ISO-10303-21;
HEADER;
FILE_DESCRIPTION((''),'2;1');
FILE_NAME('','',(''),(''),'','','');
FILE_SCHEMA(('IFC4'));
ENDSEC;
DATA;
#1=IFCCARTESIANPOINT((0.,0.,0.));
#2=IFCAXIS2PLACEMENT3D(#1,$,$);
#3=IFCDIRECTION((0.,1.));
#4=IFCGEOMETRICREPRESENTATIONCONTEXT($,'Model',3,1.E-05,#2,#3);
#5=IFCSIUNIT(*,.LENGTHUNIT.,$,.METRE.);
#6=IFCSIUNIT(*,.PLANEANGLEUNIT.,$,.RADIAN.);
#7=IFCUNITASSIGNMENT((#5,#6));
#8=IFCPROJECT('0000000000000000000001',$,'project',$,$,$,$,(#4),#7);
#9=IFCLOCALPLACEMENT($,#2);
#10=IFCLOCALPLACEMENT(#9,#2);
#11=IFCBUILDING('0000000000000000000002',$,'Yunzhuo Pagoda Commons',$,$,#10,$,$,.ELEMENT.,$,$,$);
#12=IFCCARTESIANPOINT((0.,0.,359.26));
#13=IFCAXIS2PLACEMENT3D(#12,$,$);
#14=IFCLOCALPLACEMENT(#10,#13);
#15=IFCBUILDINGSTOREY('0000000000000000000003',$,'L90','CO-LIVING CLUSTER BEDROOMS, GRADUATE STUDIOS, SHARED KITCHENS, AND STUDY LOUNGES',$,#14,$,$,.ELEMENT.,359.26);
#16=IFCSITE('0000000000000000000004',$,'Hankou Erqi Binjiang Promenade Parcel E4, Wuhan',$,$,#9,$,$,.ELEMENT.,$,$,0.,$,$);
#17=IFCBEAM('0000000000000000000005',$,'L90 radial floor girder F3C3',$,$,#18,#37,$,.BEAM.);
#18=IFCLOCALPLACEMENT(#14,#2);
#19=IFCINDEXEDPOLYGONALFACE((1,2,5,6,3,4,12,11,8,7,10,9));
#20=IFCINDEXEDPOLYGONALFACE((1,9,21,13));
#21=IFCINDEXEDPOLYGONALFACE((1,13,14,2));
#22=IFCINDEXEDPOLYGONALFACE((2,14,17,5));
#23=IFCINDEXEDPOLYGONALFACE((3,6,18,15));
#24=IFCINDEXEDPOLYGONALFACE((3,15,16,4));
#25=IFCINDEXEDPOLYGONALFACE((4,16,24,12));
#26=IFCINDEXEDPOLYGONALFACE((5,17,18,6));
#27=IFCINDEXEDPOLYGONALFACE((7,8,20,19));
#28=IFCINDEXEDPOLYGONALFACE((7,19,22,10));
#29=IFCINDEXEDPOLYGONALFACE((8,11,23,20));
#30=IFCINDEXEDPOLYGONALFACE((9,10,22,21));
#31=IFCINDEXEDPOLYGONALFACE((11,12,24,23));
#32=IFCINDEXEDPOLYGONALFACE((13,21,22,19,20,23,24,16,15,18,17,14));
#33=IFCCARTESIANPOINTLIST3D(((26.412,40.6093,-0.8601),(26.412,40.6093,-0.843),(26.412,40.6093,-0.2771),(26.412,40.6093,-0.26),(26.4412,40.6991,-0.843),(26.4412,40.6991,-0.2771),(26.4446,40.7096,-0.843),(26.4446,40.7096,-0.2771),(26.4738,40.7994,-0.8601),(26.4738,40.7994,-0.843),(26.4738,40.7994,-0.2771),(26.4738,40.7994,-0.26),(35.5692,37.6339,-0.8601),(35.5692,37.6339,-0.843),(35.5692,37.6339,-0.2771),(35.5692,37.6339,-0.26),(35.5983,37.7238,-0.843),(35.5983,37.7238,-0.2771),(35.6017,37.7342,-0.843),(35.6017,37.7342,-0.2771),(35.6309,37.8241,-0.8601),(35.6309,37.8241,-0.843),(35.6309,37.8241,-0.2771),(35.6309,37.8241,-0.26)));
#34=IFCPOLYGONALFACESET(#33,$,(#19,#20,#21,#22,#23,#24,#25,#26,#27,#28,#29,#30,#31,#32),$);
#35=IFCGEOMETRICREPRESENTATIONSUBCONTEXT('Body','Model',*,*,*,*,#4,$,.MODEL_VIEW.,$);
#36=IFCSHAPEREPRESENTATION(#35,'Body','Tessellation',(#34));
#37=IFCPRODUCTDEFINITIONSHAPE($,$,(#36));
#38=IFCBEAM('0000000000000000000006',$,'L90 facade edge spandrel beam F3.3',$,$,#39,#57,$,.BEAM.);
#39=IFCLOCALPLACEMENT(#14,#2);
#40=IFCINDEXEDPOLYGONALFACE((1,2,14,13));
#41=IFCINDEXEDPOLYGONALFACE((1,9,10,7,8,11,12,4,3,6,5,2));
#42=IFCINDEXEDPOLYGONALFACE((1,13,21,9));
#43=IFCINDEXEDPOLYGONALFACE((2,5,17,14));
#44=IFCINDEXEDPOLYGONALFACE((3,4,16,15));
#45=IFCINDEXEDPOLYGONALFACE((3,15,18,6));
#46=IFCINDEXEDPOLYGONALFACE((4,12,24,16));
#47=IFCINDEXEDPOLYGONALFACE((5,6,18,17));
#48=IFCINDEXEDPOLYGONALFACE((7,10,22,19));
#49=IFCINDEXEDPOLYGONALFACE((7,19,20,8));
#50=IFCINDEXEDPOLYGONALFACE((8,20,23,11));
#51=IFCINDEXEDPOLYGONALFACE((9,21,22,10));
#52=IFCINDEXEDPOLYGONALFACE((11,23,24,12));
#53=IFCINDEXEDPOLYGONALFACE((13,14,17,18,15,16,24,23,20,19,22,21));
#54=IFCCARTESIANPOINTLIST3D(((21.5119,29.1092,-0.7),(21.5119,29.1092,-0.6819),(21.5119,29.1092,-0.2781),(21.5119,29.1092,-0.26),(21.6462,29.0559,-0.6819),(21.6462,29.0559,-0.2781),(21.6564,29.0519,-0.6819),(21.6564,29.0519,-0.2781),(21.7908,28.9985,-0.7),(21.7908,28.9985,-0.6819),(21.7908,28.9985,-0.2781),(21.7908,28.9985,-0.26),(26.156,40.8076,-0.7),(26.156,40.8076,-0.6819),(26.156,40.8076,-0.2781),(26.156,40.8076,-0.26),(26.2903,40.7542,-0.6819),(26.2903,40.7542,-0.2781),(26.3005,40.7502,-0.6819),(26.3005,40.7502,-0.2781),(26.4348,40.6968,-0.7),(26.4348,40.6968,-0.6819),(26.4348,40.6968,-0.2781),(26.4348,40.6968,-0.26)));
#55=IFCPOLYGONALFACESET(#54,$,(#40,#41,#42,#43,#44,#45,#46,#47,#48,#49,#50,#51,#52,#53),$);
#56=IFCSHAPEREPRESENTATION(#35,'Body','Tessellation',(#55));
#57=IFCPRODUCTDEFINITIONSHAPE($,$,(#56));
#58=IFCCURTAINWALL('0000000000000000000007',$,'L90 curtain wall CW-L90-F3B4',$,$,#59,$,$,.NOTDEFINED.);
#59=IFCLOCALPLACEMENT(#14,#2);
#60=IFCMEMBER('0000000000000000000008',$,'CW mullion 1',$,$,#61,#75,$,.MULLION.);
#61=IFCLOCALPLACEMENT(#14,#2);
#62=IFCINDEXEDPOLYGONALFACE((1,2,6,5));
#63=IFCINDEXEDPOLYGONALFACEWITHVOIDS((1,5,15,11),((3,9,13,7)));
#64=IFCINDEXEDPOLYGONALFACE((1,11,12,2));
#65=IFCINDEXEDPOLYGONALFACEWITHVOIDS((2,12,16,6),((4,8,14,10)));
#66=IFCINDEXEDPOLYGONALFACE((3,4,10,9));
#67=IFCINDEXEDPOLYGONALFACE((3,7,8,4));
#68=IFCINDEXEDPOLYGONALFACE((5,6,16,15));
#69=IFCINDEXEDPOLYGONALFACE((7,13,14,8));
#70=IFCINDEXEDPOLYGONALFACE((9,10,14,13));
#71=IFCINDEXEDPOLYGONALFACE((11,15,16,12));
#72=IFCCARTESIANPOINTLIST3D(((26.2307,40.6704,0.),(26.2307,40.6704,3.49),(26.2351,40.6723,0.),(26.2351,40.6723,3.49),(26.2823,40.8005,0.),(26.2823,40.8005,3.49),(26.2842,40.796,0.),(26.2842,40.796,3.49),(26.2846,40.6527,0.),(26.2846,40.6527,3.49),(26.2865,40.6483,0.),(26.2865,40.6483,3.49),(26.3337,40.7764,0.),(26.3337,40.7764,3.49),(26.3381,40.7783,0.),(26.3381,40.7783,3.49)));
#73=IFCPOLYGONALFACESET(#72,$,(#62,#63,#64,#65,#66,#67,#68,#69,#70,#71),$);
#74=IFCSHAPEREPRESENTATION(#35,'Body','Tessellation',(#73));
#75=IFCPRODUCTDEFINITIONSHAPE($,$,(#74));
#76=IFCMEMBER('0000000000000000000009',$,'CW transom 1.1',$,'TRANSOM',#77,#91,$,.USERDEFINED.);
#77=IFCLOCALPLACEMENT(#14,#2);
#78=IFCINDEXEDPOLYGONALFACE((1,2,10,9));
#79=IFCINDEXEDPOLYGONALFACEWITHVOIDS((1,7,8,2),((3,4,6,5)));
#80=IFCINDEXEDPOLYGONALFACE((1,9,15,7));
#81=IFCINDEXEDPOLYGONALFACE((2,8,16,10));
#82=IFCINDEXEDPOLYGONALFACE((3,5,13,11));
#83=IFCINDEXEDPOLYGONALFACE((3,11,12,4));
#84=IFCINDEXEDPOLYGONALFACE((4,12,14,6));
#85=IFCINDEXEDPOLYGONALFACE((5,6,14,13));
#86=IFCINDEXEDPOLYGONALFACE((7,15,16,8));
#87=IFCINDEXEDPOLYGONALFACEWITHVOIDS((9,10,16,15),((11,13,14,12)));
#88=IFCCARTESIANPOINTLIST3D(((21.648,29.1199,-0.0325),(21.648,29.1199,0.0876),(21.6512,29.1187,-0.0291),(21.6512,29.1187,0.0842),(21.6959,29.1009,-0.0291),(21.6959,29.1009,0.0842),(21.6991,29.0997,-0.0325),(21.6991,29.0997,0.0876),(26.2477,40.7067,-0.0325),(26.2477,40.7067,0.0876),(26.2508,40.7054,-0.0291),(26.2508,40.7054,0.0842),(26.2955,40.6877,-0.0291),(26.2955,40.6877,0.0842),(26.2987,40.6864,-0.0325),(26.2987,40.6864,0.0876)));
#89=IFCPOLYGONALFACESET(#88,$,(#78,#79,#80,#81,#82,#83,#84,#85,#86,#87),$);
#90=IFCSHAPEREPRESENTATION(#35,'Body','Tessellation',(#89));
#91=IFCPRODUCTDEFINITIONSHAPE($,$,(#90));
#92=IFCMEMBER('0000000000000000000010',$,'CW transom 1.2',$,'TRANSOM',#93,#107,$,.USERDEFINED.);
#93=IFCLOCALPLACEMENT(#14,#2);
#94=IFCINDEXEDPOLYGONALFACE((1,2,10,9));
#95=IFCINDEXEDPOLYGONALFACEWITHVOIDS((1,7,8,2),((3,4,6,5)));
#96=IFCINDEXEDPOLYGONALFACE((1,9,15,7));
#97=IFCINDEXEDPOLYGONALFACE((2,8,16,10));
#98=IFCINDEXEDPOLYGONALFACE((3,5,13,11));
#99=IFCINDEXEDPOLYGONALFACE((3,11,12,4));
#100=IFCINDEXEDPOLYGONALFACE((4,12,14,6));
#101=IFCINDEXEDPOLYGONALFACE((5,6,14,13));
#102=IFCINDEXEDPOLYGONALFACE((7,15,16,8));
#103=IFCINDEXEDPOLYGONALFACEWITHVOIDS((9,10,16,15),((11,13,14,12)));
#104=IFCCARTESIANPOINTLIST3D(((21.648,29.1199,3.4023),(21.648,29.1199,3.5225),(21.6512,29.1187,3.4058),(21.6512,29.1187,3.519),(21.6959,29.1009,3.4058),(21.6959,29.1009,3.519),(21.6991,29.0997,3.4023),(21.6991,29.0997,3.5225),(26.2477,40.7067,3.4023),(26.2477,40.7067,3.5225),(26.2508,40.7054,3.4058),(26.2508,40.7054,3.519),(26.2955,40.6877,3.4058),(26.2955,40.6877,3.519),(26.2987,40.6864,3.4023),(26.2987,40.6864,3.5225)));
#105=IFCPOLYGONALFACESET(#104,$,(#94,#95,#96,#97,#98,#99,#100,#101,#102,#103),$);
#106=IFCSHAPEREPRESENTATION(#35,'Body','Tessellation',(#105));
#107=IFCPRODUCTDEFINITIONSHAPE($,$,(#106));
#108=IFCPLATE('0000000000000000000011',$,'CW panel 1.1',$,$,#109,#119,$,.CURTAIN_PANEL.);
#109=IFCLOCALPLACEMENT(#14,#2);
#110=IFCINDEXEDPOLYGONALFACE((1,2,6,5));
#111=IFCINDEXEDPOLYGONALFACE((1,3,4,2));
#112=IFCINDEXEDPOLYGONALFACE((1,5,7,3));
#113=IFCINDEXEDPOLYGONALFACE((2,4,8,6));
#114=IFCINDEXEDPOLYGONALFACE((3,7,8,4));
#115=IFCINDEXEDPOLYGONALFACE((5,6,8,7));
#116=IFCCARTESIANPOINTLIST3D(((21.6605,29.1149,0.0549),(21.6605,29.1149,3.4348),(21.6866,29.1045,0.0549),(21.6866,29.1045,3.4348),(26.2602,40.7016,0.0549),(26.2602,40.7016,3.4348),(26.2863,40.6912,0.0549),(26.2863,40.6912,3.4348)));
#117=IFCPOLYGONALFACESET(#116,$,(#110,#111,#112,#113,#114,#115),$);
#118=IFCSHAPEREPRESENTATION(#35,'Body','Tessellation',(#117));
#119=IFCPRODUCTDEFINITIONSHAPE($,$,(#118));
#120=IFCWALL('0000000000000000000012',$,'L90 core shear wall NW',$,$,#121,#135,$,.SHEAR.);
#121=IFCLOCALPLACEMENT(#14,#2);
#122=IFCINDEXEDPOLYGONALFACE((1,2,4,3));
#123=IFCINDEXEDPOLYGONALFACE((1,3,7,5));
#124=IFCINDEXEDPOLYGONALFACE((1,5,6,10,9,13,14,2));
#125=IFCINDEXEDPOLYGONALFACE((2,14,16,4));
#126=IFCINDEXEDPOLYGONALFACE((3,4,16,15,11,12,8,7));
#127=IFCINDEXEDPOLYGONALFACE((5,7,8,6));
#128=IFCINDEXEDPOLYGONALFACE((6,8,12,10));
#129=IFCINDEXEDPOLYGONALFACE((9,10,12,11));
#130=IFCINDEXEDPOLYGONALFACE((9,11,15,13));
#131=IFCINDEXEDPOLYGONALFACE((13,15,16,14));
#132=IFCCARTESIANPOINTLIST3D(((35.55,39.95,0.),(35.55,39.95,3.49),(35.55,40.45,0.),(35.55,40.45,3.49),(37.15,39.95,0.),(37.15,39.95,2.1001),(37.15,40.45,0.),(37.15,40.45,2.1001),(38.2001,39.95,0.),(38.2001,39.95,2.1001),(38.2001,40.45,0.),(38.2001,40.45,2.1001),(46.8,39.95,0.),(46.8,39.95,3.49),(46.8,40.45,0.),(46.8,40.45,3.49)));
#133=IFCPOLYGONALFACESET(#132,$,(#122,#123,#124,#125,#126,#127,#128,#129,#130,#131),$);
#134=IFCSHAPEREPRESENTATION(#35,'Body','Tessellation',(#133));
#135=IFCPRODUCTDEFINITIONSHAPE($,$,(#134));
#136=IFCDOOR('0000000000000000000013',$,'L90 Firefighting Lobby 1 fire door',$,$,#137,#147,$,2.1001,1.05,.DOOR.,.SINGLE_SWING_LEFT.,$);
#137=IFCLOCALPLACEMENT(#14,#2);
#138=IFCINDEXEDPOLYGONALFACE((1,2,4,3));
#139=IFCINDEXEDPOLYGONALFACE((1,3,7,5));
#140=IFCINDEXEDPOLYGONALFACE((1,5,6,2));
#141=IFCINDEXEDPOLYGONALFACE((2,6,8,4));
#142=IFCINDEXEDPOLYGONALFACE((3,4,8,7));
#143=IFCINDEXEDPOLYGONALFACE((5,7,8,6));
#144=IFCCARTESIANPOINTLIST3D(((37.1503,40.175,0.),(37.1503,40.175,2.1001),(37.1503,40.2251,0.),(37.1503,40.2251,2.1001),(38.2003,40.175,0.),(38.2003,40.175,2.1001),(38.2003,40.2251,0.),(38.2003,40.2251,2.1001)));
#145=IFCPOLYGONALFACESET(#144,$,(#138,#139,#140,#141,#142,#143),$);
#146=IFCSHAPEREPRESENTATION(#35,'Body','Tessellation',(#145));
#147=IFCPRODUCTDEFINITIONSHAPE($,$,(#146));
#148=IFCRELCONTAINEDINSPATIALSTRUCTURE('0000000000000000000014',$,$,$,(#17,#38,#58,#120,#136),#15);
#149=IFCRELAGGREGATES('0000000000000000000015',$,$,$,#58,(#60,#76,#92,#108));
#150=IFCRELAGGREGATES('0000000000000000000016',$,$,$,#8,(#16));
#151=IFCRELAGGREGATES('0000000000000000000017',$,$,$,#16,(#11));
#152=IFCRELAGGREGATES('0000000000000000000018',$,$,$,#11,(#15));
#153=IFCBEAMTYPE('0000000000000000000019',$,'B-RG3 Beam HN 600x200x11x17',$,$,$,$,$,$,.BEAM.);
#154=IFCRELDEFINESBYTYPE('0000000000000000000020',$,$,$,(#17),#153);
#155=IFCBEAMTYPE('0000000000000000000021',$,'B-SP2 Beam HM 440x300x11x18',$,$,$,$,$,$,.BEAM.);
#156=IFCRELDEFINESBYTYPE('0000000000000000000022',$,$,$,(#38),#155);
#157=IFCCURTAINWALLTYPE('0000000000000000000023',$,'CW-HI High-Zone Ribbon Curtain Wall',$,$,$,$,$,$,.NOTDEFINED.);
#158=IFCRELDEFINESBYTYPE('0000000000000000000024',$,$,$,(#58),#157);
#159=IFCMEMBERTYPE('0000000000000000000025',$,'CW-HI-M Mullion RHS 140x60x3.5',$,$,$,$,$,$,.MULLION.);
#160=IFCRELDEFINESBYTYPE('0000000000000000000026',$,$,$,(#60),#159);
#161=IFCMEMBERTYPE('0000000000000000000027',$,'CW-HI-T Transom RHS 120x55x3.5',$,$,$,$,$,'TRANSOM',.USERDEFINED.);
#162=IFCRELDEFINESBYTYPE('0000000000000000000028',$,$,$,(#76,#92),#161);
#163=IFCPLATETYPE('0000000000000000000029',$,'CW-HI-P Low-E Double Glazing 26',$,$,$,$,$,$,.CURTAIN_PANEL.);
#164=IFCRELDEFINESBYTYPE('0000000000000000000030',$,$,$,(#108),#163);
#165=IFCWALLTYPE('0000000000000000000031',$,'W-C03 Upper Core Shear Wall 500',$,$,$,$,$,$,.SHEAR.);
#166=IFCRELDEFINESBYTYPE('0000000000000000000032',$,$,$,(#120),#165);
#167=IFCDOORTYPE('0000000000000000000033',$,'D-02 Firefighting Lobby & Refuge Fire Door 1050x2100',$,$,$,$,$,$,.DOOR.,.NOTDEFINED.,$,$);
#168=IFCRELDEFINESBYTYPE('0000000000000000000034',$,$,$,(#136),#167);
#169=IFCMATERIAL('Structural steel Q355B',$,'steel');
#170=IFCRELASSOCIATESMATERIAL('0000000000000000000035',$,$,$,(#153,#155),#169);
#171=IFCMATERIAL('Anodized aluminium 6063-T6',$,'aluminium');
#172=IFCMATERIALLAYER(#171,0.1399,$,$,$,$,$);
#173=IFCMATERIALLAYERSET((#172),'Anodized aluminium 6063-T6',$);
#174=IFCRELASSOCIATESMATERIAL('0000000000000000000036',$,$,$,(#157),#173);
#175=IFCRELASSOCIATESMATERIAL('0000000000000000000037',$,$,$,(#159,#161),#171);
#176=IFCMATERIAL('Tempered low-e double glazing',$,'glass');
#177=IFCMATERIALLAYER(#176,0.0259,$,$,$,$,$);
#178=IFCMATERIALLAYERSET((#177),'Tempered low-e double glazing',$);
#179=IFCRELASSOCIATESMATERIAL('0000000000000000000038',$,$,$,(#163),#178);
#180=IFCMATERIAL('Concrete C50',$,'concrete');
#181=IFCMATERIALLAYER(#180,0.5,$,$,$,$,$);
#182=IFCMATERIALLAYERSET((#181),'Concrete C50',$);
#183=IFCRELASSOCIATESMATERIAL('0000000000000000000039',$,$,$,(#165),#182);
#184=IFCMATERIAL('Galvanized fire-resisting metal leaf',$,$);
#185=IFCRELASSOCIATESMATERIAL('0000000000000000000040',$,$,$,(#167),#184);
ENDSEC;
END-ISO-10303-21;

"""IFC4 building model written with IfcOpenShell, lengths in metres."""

from ifc_helpers import new_model, si_unit, direction, frame, frame_2d, origin, origin_2d, place, context, subcontext, project, spatial, rectangle, hollow_rectangle, i_section, extrude, source, transform, mapped, material, layer, layer_set, material_profile, profile_set, type_object, element, fill, aggregate, save


model = new_model("IFC4")

# Units and contexts
model_context = context("Model", 3, precision=1e-05, world=origin(), true_north=direction((0.0, 1.0)))
body_context = subcontext(model_context, "Body", "Model", "MODEL_VIEW")
ifc_project = project(units=[si_unit("LENGTHUNIT", "METRE"), si_unit("PLANEANGLEUNIT", "RADIAN")], contexts=[model_context])

# Site, building, storey
site_placement = place(None, origin())
site = spatial("IfcSite", under=ifc_project, at=site_placement, Name="Hankou Erqi Binjiang Promenade Parcel E4, Wuhan", CompositionType="ELEMENT", RefElevation=0.0)
building_placement = place(site_placement, origin())
building = spatial("IfcBuilding", under=site, at=building_placement, Name="Yunzhuo Pagoda Commons", CompositionType="ELEMENT")
storey_placement = place(building_placement, frame((0.0, 0.0, 359.26)))
storey = spatial("IfcBuildingStorey", under=building, at=storey_placement, Name="L90", Description="CO-LIVING CLUSTER BEDROOMS, GRADUATE STUDIOS, SHARED KITCHENS, AND STUDY LOUNGES", CompositionType="ELEMENT", Elevation=359.26)

# Shared definitions
ifc_material_1 = material(Name="Structural steel Q355B", Category="steel")

# Beams
ifc_material_profile_1 = material_profile(ifc_material_1, i_section(OverallWidth=0.2, OverallDepth=0.6001, WebThickness=0.011, FlangeThickness=0.0171, at=origin_2d()), Name="Structural steel Q355B")
ifc_profile_set_1 = profile_set([ifc_material_profile_1], Name="Structural steel Q355B")
beam_type_1 = type_object("IfcBeamType", Name="B-RG3 Beam HN 600x200x11x17", PredefinedType="BEAM", material=ifc_profile_set_1)
shared_shape_1 = source(origin(), body_context, "Body", "SweptSolid", [
    extrude(i_section(OverallWidth=0.2, OverallDepth=0.6001, WebThickness=0.011, FlangeThickness=0.0171, at=origin_2d()), origin(), (0.0, 0.0, 1.0), 9.6284),
])
beam_1_placement = place(storey_placement, frame((26.4429, 40.7043, -0.5601), z_axis=(0.951057, -0.309015, 0.0), x_axis=(0.309015, 0.951057, 0.0)))
element("IfcBeam", 1, at=beam_1_placement, inside=storey, type_object=beam_type_1, Name="L90 radial floor girder F3C3", PredefinedType="BEAM", context=body_context, shape_type="MappedRepresentation", body=[
    mapped(shared_shape_1, transform((0.0, 0.0, 0.0), scale=1.0)),
])
ifc_material_profile_2 = material_profile(ifc_material_1, i_section(OverallWidth=0.3, OverallDepth=0.4399, WebThickness=0.011, FlangeThickness=0.0181, at=origin_2d()), Name="Structural steel Q355B")
ifc_profile_set_2 = profile_set([ifc_material_profile_2], Name="Structural steel Q355B")
beam_type_2 = type_object("IfcBeamType", Name="B-SP2 Beam HM 440x300x11x18", PredefinedType="BEAM", material=ifc_profile_set_2)
shared_shape_2 = source(origin(), body_context, "Body", "SweptSolid", [
    extrude(i_section(OverallWidth=0.3, OverallDepth=0.4399, WebThickness=0.011, FlangeThickness=0.0181, at=origin_2d()), origin(), (0.0, 0.0, 1.0), 12.5864),
])
beam_2_placement = place(storey_placement, frame((26.2954, 40.7522, -0.48), z_axis=(-0.368975, -0.929439, 0.0), x_axis=(0.929439, -0.368975, 0.0)))
element("IfcBeam", 2, at=beam_2_placement, inside=storey, type_object=beam_type_2, Name="L90 facade edge spandrel beam F3.3", PredefinedType="BEAM", context=body_context, shape_type="MappedRepresentation", body=[
    mapped(shared_shape_2, transform((0.0, 0.0, 0.0), scale=1.0)),
])

# Curtain wall, members, plate
ifc_material_2 = material(Name="Anodized aluminium 6063-T6", Category="aluminium")
ifc_layer_1 = layer(ifc_material_2, 0.1399)
ifc_layer_set_1 = layer_set([ifc_layer_1], Name="Anodized aluminium 6063-T6")
curtain_wall_type = type_object("IfcCurtainWallType", Name="CW-HI High-Zone Ribbon Curtain Wall", PredefinedType="NOTDEFINED", material=ifc_layer_set_1)
curtain_wall_placement = place(storey_placement, origin())
curtain_wall = element("IfcCurtainWall", 3, at=curtain_wall_placement, inside=storey, type_object=curtain_wall_type, Name="L90 curtain wall CW-L90-F3B4", PredefinedType="NOTDEFINED")
ifc_material_profile_3 = material_profile(ifc_material_2, hollow_rectangle(XDim=0.0601, YDim=0.1399, WallThickness=0.0034, at=origin_2d()), Name="Anodized aluminium 6063-T6")
ifc_profile_set_3 = profile_set([ifc_material_profile_3], Name="Anodized aluminium 6063-T6")
member_type_1 = type_object("IfcMemberType", Name="CW-HI-M Mullion RHS 140x60x3.5", PredefinedType="MULLION", material=ifc_profile_set_3)
shared_shape_3 = source(origin(), body_context, "Body", "SweptSolid", [
    extrude(hollow_rectangle(XDim=0.0601, YDim=0.1399, WallThickness=0.0034, at=origin_2d()), origin(), (0.0, 0.0, 1.0), 3.49),
])
member_1_placement = place(storey_placement, frame((26.2844, 40.7244, 0.0), z_axis=(0.0, 0.0, 1.0), x_axis=(0.929441, -0.36897, 0.0)))
member_1 = element("IfcMember", 4, at=member_1_placement, type_object=member_type_1, Name="CW mullion 1", PredefinedType="MULLION", context=body_context, shape_type="MappedRepresentation", body=[
    mapped(shared_shape_3, transform((0.0, 0.0, 0.0), scale=1.0)),
])
ifc_material_profile_4 = material_profile(ifc_material_2, hollow_rectangle(XDim=0.0549, YDim=0.1201, WallThickness=0.0034, at=origin_2d()), Name="Anodized aluminium 6063-T6")
ifc_profile_set_4 = profile_set([ifc_material_profile_4], Name="Anodized aluminium 6063-T6")
member_type_2 = type_object("IfcMemberType", Name="CW-HI-T Transom RHS 120x55x3.5", ElementType="TRANSOM", PredefinedType="USERDEFINED", material=ifc_profile_set_4)
shared_shape_4 = source(origin(), body_context, "Body", "SweptSolid", [
    extrude(hollow_rectangle(XDim=0.0549, YDim=0.1201, WallThickness=0.0034, at=origin_2d()), origin(), (0.0, 0.0, 1.0), 12.4663),
])
member_2_placement = place(storey_placement, frame((26.2732, 40.6965, 0.0276), z_axis=(-0.368965, -0.929443, 0.0), x_axis=(0.929443, -0.368965, 0.0)))
member_2 = element("IfcMember", 5, at=member_2_placement, type_object=member_type_2, Name="CW transom 1.1", ObjectType="TRANSOM", PredefinedType="USERDEFINED", context=body_context, shape_type="MappedRepresentation", body=[
    mapped(shared_shape_4, transform((0.0, 0.0, 0.0), scale=1.0)),
])
member_3_placement = place(storey_placement, frame((26.2732, 40.6965, 3.4624), z_axis=(-0.368965, -0.929443, 0.0), x_axis=(0.929443, -0.368965, 0.0)))
member_3 = element("IfcMember", 6, at=member_3_placement, type_object=member_type_2, Name="CW transom 1.2", ObjectType="TRANSOM", PredefinedType="USERDEFINED", context=body_context, shape_type="MappedRepresentation", body=[
    mapped(shared_shape_4, transform((0.0, 0.0, 0.0), scale=1.0)),
])
ifc_material_3 = material(Name="Tempered low-e double glazing", Category="glass")
ifc_layer_2 = layer(ifc_material_3, 0.0259)
ifc_layer_set_2 = layer_set([ifc_layer_2], Name="Tempered low-e double glazing")
plate_type = type_object("IfcPlateType", Name="CW-HI-P Low-E Double Glazing 26", PredefinedType="CURTAIN_PANEL", material=ifc_layer_set_2)
shared_shape_5 = source(origin(), body_context, "Body", "SweptSolid", [
    extrude(rectangle(XDim=12.4663, YDim=0.0281, at=origin_2d()), origin(), (0.0, 0.0, 1.0), 3.3799),
])
plate_placement = place(storey_placement, frame((23.9734, 34.9031, 0.0549), z_axis=(0.0, 0.0, 1.0), x_axis=(-0.36897, -0.929441, 0.0)))
plate = element("IfcPlate", 7, at=plate_placement, type_object=plate_type, Name="CW panel 1.1", PredefinedType="CURTAIN_PANEL", context=body_context, shape_type="MappedRepresentation", body=[
    mapped(shared_shape_5, transform((0.0, 0.0, 0.0), scale=1.0)),
])
aggregate(curtain_wall, [member_1, member_2, member_3, plate])

# Wall, opening, door
ifc_material_4 = material(Name="Concrete C50", Category="concrete")
ifc_layer_3 = layer(ifc_material_4, 0.5)
ifc_layer_set_3 = layer_set([ifc_layer_3], Name="Concrete C50")
wall_type_1 = type_object("IfcWallType", Name="W-C03 Upper Core Shear Wall 500", PredefinedType="SHEAR", material=ifc_layer_set_3)
wall_1_placement = place(storey_placement, frame((35.55, 40.2, 0.0), z_axis=(0.0, 0.0, 1.0), x_axis=(1.0, 0.0, 0.0)))
wall_1 = element("IfcWall", 8, at=wall_1_placement, inside=storey, type_object=wall_type_1, Name="L90 core shear wall NW", PredefinedType="SHEAR", context=body_context, shape_type="SweptSolid", body=[
    extrude(rectangle(XDim=11.25, YDim=0.5, at=frame_2d((5.625, 0.0))), origin(), (0.0, 0.0, 1.0), 3.49),
])
opening_1_placement = place(wall_1_placement, frame((1.6001, 0.0, 0.0)))
opening_1 = element("IfcOpeningElement", 9, at=opening_1_placement, cuts=wall_1, PredefinedType="OPENING", context=body_context, shape_type="SweptSolid", body=[
    extrude(rectangle(XDim=1.05, YDim=2.1001, at=frame_2d((0.5249, 1.05))), frame((0.0, 0.26, 0.0), z_axis=(0.0, -1.0, 0.0), x_axis=(1.0, 0.0, 0.0)), (0.0, 0.0, 1.0), 0.52),
])
ifc_material_5 = material(Name="Galvanized fire-resisting metal leaf")
door_type_1 = type_object("IfcDoorType", Name="D-02 Firefighting Lobby & Refuge Fire Door 1050x2100", OperationType="NOTDEFINED", PredefinedType="DOOR", material=ifc_material_5)
shared_shape_6 = source(origin(), body_context, "Body", "SweptSolid", [
    extrude(rectangle(XDim=1.05, YDim=2.1001, at=frame_2d((0.5249, 1.05))), frame((0.0, 0.0249, 0.0), z_axis=(0.0, -1.0, 0.0), x_axis=(1.0, 0.0, 0.0)), (0.0, 0.0, 1.0), 0.05),
])
door_1_placement = place(opening_1_placement, frame((1.05, 0.0, 0.0), z_axis=(0.0, 0.0, 1.0), x_axis=(-1.0, 0.0, 0.0)))
door_1 = element("IfcDoor", 10, at=door_1_placement, inside=storey, type_object=door_type_1, Name="L90 Firefighting Lobby 1 fire door", OperationType="SINGLE_SWING_LEFT", OverallHeight=2.1001, OverallWidth=1.05, PredefinedType="DOOR", context=body_context, shape_type="MappedRepresentation", body=[
    mapped(shared_shape_6, transform((0.0, 0.0, 0.0), scale=1.0)),
])
fill(opening_1, door_1)

save(model, "model.ifc")
